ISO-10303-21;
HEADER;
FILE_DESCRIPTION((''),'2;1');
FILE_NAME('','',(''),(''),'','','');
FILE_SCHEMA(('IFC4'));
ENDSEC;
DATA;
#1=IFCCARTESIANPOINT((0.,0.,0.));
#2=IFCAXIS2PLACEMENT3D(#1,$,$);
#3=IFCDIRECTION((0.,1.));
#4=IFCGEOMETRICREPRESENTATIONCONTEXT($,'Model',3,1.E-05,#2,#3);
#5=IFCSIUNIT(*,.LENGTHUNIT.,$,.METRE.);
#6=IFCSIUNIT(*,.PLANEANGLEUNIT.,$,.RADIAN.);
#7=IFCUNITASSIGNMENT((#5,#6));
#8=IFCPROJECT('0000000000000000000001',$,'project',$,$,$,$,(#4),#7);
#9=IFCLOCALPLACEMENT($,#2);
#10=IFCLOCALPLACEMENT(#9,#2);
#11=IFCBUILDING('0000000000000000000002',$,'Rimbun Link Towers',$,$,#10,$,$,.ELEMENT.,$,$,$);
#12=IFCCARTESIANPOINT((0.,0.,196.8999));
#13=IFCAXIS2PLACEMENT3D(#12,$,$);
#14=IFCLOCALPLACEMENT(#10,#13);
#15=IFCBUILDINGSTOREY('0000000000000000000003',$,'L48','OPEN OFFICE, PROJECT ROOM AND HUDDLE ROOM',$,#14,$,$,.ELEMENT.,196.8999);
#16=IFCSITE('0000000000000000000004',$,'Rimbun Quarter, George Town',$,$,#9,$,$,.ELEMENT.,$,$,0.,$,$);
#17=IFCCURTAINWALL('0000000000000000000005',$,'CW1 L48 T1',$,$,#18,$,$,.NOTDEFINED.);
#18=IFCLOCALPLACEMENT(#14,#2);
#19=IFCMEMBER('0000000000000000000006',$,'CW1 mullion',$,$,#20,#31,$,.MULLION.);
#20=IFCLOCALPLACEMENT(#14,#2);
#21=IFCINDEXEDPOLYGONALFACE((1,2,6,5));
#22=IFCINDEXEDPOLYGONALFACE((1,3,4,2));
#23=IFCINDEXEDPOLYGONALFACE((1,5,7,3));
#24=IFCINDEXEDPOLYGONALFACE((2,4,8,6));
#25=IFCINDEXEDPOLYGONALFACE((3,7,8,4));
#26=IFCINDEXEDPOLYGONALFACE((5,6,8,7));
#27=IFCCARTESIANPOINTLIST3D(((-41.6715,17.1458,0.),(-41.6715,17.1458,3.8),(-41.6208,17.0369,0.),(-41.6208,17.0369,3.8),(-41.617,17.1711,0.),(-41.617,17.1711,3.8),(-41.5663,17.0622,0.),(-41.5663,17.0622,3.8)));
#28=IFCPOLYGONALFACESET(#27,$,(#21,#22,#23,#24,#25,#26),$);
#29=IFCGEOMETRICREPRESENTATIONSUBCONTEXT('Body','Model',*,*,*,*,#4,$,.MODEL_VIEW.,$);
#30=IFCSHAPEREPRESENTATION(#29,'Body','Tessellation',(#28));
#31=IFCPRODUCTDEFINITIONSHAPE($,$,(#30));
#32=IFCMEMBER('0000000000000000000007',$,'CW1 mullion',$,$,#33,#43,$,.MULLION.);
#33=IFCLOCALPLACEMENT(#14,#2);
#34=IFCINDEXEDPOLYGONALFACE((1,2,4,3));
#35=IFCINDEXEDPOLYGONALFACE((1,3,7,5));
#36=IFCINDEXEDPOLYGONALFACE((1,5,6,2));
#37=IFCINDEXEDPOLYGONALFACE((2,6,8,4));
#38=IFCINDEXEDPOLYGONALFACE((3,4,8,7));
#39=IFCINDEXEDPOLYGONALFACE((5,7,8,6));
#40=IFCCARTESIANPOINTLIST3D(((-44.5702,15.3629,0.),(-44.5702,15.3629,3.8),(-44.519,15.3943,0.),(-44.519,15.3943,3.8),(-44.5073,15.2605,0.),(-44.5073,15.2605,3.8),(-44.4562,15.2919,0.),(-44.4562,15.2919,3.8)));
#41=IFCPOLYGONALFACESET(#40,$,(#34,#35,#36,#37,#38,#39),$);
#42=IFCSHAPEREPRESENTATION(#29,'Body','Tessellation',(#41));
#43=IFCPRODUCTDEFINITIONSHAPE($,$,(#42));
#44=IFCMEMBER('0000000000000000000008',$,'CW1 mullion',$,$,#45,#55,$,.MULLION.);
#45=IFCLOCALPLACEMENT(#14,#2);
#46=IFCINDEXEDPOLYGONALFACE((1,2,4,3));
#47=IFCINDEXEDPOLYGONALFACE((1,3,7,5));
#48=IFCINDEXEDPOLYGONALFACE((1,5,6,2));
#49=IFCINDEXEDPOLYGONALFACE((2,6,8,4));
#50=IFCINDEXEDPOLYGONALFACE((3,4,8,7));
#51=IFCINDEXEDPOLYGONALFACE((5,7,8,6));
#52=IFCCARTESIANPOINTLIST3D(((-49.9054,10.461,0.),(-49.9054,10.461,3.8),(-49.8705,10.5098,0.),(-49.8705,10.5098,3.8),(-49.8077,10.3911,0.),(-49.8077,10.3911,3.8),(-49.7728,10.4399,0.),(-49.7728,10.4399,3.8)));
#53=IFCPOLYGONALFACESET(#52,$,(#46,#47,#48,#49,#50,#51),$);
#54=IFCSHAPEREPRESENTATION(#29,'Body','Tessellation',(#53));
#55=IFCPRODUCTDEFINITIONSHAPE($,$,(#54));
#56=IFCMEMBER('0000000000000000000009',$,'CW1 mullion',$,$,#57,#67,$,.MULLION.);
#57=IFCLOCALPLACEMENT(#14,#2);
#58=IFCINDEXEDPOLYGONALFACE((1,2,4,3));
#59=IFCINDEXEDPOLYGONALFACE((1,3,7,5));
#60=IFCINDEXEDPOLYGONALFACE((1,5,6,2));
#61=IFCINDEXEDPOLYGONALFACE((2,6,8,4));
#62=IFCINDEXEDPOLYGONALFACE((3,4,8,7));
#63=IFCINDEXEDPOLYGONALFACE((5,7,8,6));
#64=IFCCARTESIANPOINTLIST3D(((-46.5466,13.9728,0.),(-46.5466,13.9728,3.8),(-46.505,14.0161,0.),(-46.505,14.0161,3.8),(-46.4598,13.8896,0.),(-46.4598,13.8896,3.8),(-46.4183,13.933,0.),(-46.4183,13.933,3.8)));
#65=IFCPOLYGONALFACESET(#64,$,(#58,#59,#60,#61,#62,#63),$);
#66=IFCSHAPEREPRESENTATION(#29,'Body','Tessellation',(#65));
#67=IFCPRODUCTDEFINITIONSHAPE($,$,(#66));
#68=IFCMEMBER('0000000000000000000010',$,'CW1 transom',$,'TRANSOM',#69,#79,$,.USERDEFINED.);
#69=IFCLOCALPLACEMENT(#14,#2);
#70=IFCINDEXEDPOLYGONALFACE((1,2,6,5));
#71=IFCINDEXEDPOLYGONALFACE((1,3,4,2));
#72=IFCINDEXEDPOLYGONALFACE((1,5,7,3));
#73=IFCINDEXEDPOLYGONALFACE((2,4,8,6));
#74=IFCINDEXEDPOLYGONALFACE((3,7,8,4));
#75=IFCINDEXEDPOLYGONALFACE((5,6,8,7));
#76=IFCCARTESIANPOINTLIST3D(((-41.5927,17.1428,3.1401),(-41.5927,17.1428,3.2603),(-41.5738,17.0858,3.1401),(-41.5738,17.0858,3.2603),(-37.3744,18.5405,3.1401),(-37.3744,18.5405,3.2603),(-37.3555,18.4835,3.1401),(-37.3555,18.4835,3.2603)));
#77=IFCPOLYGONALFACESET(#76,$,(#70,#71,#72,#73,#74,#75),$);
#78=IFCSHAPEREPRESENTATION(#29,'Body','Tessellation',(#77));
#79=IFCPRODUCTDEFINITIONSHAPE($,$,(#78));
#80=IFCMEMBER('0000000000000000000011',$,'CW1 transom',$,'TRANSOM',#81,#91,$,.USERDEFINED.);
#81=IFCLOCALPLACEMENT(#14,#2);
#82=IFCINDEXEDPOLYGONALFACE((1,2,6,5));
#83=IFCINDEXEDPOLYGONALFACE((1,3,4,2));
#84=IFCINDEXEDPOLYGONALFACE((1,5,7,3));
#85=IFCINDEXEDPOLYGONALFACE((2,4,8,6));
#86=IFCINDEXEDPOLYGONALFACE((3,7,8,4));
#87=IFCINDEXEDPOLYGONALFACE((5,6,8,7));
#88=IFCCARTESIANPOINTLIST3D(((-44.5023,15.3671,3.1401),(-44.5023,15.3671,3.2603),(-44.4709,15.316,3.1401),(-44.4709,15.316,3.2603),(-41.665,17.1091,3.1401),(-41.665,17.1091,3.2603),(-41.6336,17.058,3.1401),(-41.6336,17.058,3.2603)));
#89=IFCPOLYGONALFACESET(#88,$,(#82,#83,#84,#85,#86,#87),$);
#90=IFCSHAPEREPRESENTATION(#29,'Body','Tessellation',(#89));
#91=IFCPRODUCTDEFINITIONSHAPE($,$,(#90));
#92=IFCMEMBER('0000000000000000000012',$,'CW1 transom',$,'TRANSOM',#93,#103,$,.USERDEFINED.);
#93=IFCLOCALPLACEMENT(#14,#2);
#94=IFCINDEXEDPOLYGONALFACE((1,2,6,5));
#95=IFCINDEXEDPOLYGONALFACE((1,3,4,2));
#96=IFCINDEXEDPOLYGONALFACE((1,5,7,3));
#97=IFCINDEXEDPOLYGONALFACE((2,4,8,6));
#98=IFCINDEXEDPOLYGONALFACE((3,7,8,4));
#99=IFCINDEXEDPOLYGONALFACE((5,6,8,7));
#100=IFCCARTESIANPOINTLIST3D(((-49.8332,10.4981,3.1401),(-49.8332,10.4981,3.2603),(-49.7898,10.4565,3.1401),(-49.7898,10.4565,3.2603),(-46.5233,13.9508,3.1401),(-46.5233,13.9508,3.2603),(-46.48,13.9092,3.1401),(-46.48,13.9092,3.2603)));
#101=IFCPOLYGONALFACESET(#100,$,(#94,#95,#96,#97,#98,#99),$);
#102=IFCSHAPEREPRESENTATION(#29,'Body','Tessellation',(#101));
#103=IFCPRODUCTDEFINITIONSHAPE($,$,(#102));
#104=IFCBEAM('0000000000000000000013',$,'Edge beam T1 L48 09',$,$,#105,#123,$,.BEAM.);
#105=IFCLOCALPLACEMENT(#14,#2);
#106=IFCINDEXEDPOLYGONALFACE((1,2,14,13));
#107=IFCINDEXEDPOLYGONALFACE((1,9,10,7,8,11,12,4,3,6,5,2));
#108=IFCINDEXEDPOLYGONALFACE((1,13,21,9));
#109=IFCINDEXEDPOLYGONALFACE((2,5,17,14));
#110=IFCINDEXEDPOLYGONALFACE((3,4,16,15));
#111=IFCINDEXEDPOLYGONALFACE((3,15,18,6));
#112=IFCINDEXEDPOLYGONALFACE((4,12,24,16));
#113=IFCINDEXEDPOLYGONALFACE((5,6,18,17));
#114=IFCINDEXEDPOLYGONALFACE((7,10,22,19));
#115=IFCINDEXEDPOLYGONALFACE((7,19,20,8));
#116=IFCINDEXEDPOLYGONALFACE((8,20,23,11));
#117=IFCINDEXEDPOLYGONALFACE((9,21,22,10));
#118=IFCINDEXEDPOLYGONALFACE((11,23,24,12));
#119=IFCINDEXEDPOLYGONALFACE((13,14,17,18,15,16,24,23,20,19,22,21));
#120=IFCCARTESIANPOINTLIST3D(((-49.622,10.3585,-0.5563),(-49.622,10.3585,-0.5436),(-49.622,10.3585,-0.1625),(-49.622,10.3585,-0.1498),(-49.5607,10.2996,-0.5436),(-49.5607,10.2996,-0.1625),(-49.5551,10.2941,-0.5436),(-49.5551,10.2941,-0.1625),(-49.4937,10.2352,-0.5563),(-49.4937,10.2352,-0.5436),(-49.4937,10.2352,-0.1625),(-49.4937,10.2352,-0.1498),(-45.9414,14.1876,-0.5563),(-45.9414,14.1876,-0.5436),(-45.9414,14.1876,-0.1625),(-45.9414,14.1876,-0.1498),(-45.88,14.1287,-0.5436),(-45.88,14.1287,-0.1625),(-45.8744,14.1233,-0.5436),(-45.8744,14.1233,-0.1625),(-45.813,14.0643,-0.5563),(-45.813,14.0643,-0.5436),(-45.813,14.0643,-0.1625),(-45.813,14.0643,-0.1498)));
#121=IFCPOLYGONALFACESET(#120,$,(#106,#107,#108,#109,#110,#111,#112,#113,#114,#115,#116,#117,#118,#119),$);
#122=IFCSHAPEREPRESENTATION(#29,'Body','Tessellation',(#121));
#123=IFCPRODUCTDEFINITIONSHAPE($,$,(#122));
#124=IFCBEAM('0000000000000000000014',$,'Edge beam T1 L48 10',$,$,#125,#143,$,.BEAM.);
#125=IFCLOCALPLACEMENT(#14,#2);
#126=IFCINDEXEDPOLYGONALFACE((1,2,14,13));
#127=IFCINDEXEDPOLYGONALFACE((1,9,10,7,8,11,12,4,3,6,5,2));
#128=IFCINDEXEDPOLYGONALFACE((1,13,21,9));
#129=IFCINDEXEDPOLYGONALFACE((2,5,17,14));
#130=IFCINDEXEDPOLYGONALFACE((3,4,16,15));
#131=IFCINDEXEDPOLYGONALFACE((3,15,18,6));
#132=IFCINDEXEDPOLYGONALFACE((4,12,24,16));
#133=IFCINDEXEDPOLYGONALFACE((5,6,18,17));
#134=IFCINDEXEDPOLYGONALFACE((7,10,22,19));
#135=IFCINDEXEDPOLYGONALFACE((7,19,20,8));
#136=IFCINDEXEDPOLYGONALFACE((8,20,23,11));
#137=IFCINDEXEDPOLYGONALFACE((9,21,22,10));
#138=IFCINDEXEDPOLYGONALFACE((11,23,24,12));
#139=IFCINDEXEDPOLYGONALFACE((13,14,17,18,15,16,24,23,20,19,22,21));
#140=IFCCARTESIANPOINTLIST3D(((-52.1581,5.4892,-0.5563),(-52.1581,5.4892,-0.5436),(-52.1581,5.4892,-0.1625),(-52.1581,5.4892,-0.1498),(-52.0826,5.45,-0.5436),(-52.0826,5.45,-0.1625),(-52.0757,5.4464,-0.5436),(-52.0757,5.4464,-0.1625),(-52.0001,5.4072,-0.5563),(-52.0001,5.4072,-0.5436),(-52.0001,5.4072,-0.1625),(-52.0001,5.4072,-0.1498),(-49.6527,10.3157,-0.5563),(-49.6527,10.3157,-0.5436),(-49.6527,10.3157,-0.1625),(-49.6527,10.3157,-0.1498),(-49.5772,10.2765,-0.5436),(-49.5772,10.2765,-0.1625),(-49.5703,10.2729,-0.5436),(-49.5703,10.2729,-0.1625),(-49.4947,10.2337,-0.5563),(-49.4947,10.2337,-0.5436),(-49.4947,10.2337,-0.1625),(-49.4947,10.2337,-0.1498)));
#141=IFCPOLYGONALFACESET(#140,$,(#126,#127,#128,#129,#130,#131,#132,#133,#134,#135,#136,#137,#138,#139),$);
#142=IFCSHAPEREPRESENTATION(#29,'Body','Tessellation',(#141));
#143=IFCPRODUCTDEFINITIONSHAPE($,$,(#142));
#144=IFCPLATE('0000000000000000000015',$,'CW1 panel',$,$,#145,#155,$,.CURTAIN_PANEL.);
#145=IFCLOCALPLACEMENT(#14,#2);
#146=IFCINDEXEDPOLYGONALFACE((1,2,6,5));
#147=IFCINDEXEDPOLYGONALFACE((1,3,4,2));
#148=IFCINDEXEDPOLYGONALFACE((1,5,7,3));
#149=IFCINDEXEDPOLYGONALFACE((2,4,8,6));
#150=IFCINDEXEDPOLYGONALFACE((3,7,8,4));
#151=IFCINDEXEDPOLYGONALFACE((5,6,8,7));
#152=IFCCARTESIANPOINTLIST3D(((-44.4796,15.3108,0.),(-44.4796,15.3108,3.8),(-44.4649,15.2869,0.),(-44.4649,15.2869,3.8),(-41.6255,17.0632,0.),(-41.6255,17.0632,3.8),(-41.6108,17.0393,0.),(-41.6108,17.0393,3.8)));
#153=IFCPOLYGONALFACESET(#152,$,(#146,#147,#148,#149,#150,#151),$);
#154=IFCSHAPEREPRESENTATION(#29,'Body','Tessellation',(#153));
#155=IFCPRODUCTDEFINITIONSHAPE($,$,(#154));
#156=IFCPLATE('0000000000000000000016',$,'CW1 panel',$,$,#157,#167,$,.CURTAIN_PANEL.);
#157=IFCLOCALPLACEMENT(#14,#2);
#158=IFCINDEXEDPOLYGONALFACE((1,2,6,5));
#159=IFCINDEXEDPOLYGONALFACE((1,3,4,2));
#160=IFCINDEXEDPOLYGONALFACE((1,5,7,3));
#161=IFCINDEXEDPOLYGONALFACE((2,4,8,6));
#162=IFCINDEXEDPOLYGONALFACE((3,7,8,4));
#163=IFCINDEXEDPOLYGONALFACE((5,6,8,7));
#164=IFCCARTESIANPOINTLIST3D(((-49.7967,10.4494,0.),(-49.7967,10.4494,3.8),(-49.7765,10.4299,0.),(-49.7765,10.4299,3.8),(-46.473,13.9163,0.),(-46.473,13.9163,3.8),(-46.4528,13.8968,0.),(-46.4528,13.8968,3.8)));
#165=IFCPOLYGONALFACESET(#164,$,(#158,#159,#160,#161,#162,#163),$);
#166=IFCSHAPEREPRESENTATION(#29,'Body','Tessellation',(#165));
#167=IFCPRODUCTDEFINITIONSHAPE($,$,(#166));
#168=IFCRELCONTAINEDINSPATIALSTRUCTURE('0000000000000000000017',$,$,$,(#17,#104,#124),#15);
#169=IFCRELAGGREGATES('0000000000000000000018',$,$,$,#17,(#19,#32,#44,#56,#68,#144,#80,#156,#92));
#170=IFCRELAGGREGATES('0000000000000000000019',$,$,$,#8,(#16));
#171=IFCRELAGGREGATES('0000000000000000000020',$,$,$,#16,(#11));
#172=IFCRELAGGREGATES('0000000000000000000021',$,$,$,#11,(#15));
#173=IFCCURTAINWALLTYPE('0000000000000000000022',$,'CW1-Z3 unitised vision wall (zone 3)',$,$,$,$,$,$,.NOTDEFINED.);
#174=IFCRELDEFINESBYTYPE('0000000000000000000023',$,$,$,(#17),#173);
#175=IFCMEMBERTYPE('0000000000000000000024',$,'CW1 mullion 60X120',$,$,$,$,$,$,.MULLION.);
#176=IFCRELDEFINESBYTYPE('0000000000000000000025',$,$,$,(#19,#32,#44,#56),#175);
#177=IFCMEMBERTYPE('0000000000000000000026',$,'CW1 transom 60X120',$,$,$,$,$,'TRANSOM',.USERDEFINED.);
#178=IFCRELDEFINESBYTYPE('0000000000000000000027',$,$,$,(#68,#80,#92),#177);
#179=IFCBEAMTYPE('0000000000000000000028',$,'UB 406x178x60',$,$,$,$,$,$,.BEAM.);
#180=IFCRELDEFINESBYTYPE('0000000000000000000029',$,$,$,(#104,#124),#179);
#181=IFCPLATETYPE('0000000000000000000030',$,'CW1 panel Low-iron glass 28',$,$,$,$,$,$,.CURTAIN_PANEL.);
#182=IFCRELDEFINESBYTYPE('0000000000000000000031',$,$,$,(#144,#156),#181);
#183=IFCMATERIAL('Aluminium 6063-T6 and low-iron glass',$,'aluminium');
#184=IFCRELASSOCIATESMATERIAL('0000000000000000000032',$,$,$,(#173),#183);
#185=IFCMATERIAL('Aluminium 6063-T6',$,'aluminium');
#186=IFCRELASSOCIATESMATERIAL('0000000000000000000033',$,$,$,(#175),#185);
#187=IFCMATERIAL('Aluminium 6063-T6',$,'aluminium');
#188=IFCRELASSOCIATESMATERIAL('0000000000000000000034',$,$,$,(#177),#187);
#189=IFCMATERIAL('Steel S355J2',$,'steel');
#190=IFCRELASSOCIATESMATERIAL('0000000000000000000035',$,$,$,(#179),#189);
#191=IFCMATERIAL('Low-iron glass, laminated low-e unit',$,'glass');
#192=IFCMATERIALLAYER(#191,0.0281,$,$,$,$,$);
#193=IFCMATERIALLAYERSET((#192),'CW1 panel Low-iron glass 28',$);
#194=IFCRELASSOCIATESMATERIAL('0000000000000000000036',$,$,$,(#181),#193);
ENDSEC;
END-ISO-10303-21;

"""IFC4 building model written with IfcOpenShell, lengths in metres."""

from ifc_helpers import new_model, si_unit, direction, frame, origin, origin_2d, place, context, subcontext, project, spatial, rectangle, i_section, extrude, material, layer, layer_set, material_profile, profile_set, type_object, element, aggregate, save


model = new_model("IFC4")

# Units and contexts
model_context = context("Model", 3, precision=1e-05, world=origin(), true_north=direction((0.0, 1.0)))
body_context = subcontext(model_context, "Body", "Model", "MODEL_VIEW")
ifc_project = project(units=[si_unit("LENGTHUNIT", "METRE"), si_unit("PLANEANGLEUNIT", "RADIAN")], contexts=[model_context])

# Site, building, storey
site_placement = place(None, origin())
site = spatial("IfcSite", under=ifc_project, at=site_placement, Name="Rimbun Quarter, George Town", CompositionType="ELEMENT", RefElevation=0.0)
building_placement = place(site_placement, origin())
building = spatial("IfcBuilding", under=site, at=building_placement, Name="Rimbun Link Towers", CompositionType="ELEMENT")
storey_placement = place(building_placement, frame((0.0, 0.0, 196.8999)))
storey = spatial("IfcBuildingStorey", under=building, at=storey_placement, Name="L48", Description="OPEN OFFICE, PROJECT ROOM AND HUDDLE ROOM", CompositionType="ELEMENT", Elevation=196.8999)

# Curtain wall, members
ifc_material_1 = material(Name="Aluminium 6063-T6 and low-iron glass", Category="aluminium")
curtain_wall_type = type_object("IfcCurtainWallType", Name="CW1-Z3 unitised vision wall (zone 3)", PredefinedType="NOTDEFINED", material=ifc_material_1)
curtain_wall_placement = place(storey_placement, origin())
curtain_wall = element("IfcCurtainWall", 1, at=curtain_wall_placement, inside=storey, type_object=curtain_wall_type, Name="CW1 L48 T1", PredefinedType="NOTDEFINED")
ifc_material_2 = material(Name="Aluminium 6063-T6", Category="aluminium")
ifc_material_profile_1 = material_profile(ifc_material_2, rectangle(XDim=0.1201, YDim=0.0601, at=origin_2d()), Name="MULLION 60X120")
ifc_profile_set_1 = profile_set([ifc_material_profile_1], Name="Aluminium 6063-T6")
member_type_1 = type_object("IfcMemberType", Name="CW1 mullion 60X120", PredefinedType="MULLION", material=ifc_profile_set_1)
member_1_placement = place(storey_placement, frame((-41.6189, 17.104, 0.0), z_axis=(0.0, 0.0, 1.0), x_axis=(-0.421695, 0.906738, 0.0)))
member_1 = element("IfcMember", 2, at=member_1_placement, type_object=member_type_1, Name="CW1 mullion", PredefinedType="MULLION", context=body_context, shape_type="SweptSolid", body=[
    extrude(rectangle(XDim=0.1201, YDim=0.0601, at=origin_2d()), origin(), (0.0, 0.0, 1.0), 3.8),
])
member_2_placement = place(storey_placement, frame((-44.5132, 15.3274, 0.0), z_axis=(0.0, 0.0, 1.0), x_axis=(-0.523229, 0.852192, 0.0)))
member_2 = element("IfcMember", 3, at=member_2_placement, type_object=member_type_1, Name="CW1 mullion", PredefinedType="MULLION", context=body_context, shape_type="SweptSolid", body=[
    extrude(rectangle(XDim=0.1201, YDim=0.0601, at=origin_2d()), origin(), (0.0, 0.0, 1.0), 3.8),
])
member_3_placement = place(storey_placement, frame((-49.8391, 10.4504, 0.0), z_axis=(0.0, 0.0, 1.0), x_axis=(-0.813351, 0.581774, 0.0)))
member_3 = element("IfcMember", 4, at=member_3_placement, type_object=member_type_1, Name="CW1 mullion", PredefinedType="MULLION", context=body_context, shape_type="SweptSolid", body=[
    extrude(rectangle(XDim=0.1201, YDim=0.0601, at=origin_2d()), origin(), (0.0, 0.0, 1.0), 3.8),
])
member_4_placement = place(storey_placement, frame((-46.4824, 13.9529, 0.0), z_axis=(0.0, 0.0, 1.0), x_axis=(-0.721859, 0.692041, 0.0)))
member_4 = element("IfcMember", 5, at=member_4_placement, type_object=member_type_1, Name="CW1 mullion", PredefinedType="MULLION", context=body_context, shape_type="SweptSolid", body=[
    extrude(rectangle(XDim=0.1201, YDim=0.0601, at=origin_2d()), origin(), (0.0, 0.0, 1.0), 3.8),
])
ifc_material_3 = material(Name="Aluminium 6063-T6", Category="aluminium")
ifc_material_profile_2 = material_profile(ifc_material_3, rectangle(XDim=0.0601, YDim=0.1201, at=origin_2d()), Name="TRANSOM 60X120")
ifc_profile_set_2 = profile_set([ifc_material_profile_2], Name="Aluminium 6063-T6")
member_type_2 = type_object("IfcMemberType", Name="CW1 transom 60X120", ElementType="TRANSOM", PredefinedType="USERDEFINED", material=ifc_profile_set_2)
member_5_placement = place(storey_placement, frame((-41.5833, 17.1143, 3.2002), z_axis=(0.949248, 0.31453, 0.0), x_axis=(-0.31453, 0.949248, 0.0)))
member_5 = element("IfcMember", 6, at=member_5_placement, type_object=member_type_2, Name="CW1 transom", ObjectType="TRANSOM", PredefinedType="USERDEFINED", context=body_context, shape_type="SweptSolid", body=[
    extrude(rectangle(XDim=0.0601, YDim=0.1201, at=origin_2d()), origin(), (0.0, 0.0, 1.0), 4.4438),
])
member_6_placement = place(storey_placement, frame((-44.4866, 15.3416, 3.2002), z_axis=(0.852194, 0.523226, 0.0), x_axis=(-0.523226, 0.852194, 0.0)))
member_6 = element("IfcMember", 7, at=member_6_placement, type_object=member_type_2, Name="CW1 transom", ObjectType="TRANSOM", PredefinedType="USERDEFINED", context=body_context, shape_type="SweptSolid", body=[
    extrude(rectangle(XDim=0.0601, YDim=0.1201, at=origin_2d()), origin(), (0.0, 0.0, 1.0), 3.3293),
])
member_7_placement = place(storey_placement, frame((-49.8115, 10.4773, 3.2002), z_axis=(0.692018, 0.72188, 0.0), x_axis=(-0.72188, 0.692018, 0.0)))
member_7 = element("IfcMember", 8, at=member_7_placement, type_object=member_type_2, Name="CW1 transom", ObjectType="TRANSOM", PredefinedType="USERDEFINED", context=body_context, shape_type="SweptSolid", body=[
    extrude(rectangle(XDim=0.0601, YDim=0.1201, at=origin_2d()), origin(), (0.0, 0.0, 1.0), 4.783),
])

# Beams
ifc_material_4 = material(Name="Steel S355J2", Category="steel")
ifc_material_profile_3 = material_profile(ifc_material_4, i_section(OverallWidth=0.178, OverallDepth=0.4065, WebThickness=0.0078, FlangeThickness=0.0127, at=origin_2d()), Name="UB 406x178x60")
ifc_profile_set_3 = profile_set([ifc_material_profile_3], Name="Steel S355J2")
beam_type = type_object("IfcBeamType", Name="UB 406x178x60", PredefinedType="BEAM", material=ifc_profile_set_3)
beam_1_placement = place(storey_placement, frame((-45.8772, 14.126, -0.353), z_axis=(-0.692995, -0.720943, 0.0), x_axis=(0.720943, -0.692995, 0.0)))
element("IfcBeam", 9, at=beam_1_placement, inside=storey, type_object=beam_type, Name="Edge beam T1 L48 09", PredefinedType="BEAM", context=body_context, shape_type="SweptSolid", body=[
    extrude(i_section(OverallWidth=0.178, OverallDepth=0.4065, WebThickness=0.0078, FlangeThickness=0.0127, at=origin_2d()), origin(), (0.0, 0.0, 1.0), 5.3113),
])
beam_2_placement = place(storey_placement, frame((-49.5737, 10.2747, -0.353), z_axis=(-0.460721, -0.887545, 0.0), x_axis=(0.887545, -0.460721, 0.0)))
element("IfcBeam", 10, at=beam_2_placement, inside=storey, type_object=beam_type, Name="Edge beam T1 L48 10", PredefinedType="BEAM", context=body_context, shape_type="SweptSolid", body=[
    extrude(i_section(OverallWidth=0.178, OverallDepth=0.4065, WebThickness=0.0078, FlangeThickness=0.0127, at=origin_2d()), origin(), (0.0, 0.0, 1.0), 5.438),
])

# Plates
ifc_material_5 = material(Name="Low-iron glass, laminated low-e unit", Category="glass")
ifc_layer = layer(ifc_material_5, 0.0281)
ifc_layer_set = layer_set([ifc_layer], Name="CW1 panel Low-iron glass 28")
plate_type = type_object("IfcPlateType", Name="CW1 panel Low-iron glass 28", PredefinedType="CURTAIN_PANEL", material=ifc_layer_set)
plate_1_placement = place(storey_placement, frame((-43.0452, 16.175, 0.0), z_axis=(0.0, 0.0, 1.0), x_axis=(0.852192, 0.523229, 0.0)))
plate_1 = element("IfcPlate", 11, at=plate_1_placement, type_object=plate_type, Name="CW1 panel", PredefinedType="CURTAIN_PANEL", context=body_context, shape_type="SweptSolid", body=[
    extrude(rectangle(XDim=3.3491, YDim=0.0281, at=origin_2d()), origin(), (0.0, 0.0, 1.0), 3.8),
])
plate_2_placement = place(storey_placement, frame((-48.1248, 12.1731, 0.0), z_axis=(0.0, 0.0, 1.0), x_axis=(0.692041, 0.721859, 0.0)))
plate_2 = element("IfcPlate", 12, at=plate_2_placement, type_object=plate_type, Name="CW1 panel", PredefinedType="CURTAIN_PANEL", context=body_context, shape_type="SweptSolid", body=[
    extrude(rectangle(XDim=4.8027, YDim=0.0281, at=origin_2d()), origin(), (0.0, 0.0, 1.0), 3.8),
])
aggregate(curtain_wall, [member_1, member_2, member_3, member_4, member_5, plate_1, member_6, plate_2, member_7])

save(model, "model.ifc")
